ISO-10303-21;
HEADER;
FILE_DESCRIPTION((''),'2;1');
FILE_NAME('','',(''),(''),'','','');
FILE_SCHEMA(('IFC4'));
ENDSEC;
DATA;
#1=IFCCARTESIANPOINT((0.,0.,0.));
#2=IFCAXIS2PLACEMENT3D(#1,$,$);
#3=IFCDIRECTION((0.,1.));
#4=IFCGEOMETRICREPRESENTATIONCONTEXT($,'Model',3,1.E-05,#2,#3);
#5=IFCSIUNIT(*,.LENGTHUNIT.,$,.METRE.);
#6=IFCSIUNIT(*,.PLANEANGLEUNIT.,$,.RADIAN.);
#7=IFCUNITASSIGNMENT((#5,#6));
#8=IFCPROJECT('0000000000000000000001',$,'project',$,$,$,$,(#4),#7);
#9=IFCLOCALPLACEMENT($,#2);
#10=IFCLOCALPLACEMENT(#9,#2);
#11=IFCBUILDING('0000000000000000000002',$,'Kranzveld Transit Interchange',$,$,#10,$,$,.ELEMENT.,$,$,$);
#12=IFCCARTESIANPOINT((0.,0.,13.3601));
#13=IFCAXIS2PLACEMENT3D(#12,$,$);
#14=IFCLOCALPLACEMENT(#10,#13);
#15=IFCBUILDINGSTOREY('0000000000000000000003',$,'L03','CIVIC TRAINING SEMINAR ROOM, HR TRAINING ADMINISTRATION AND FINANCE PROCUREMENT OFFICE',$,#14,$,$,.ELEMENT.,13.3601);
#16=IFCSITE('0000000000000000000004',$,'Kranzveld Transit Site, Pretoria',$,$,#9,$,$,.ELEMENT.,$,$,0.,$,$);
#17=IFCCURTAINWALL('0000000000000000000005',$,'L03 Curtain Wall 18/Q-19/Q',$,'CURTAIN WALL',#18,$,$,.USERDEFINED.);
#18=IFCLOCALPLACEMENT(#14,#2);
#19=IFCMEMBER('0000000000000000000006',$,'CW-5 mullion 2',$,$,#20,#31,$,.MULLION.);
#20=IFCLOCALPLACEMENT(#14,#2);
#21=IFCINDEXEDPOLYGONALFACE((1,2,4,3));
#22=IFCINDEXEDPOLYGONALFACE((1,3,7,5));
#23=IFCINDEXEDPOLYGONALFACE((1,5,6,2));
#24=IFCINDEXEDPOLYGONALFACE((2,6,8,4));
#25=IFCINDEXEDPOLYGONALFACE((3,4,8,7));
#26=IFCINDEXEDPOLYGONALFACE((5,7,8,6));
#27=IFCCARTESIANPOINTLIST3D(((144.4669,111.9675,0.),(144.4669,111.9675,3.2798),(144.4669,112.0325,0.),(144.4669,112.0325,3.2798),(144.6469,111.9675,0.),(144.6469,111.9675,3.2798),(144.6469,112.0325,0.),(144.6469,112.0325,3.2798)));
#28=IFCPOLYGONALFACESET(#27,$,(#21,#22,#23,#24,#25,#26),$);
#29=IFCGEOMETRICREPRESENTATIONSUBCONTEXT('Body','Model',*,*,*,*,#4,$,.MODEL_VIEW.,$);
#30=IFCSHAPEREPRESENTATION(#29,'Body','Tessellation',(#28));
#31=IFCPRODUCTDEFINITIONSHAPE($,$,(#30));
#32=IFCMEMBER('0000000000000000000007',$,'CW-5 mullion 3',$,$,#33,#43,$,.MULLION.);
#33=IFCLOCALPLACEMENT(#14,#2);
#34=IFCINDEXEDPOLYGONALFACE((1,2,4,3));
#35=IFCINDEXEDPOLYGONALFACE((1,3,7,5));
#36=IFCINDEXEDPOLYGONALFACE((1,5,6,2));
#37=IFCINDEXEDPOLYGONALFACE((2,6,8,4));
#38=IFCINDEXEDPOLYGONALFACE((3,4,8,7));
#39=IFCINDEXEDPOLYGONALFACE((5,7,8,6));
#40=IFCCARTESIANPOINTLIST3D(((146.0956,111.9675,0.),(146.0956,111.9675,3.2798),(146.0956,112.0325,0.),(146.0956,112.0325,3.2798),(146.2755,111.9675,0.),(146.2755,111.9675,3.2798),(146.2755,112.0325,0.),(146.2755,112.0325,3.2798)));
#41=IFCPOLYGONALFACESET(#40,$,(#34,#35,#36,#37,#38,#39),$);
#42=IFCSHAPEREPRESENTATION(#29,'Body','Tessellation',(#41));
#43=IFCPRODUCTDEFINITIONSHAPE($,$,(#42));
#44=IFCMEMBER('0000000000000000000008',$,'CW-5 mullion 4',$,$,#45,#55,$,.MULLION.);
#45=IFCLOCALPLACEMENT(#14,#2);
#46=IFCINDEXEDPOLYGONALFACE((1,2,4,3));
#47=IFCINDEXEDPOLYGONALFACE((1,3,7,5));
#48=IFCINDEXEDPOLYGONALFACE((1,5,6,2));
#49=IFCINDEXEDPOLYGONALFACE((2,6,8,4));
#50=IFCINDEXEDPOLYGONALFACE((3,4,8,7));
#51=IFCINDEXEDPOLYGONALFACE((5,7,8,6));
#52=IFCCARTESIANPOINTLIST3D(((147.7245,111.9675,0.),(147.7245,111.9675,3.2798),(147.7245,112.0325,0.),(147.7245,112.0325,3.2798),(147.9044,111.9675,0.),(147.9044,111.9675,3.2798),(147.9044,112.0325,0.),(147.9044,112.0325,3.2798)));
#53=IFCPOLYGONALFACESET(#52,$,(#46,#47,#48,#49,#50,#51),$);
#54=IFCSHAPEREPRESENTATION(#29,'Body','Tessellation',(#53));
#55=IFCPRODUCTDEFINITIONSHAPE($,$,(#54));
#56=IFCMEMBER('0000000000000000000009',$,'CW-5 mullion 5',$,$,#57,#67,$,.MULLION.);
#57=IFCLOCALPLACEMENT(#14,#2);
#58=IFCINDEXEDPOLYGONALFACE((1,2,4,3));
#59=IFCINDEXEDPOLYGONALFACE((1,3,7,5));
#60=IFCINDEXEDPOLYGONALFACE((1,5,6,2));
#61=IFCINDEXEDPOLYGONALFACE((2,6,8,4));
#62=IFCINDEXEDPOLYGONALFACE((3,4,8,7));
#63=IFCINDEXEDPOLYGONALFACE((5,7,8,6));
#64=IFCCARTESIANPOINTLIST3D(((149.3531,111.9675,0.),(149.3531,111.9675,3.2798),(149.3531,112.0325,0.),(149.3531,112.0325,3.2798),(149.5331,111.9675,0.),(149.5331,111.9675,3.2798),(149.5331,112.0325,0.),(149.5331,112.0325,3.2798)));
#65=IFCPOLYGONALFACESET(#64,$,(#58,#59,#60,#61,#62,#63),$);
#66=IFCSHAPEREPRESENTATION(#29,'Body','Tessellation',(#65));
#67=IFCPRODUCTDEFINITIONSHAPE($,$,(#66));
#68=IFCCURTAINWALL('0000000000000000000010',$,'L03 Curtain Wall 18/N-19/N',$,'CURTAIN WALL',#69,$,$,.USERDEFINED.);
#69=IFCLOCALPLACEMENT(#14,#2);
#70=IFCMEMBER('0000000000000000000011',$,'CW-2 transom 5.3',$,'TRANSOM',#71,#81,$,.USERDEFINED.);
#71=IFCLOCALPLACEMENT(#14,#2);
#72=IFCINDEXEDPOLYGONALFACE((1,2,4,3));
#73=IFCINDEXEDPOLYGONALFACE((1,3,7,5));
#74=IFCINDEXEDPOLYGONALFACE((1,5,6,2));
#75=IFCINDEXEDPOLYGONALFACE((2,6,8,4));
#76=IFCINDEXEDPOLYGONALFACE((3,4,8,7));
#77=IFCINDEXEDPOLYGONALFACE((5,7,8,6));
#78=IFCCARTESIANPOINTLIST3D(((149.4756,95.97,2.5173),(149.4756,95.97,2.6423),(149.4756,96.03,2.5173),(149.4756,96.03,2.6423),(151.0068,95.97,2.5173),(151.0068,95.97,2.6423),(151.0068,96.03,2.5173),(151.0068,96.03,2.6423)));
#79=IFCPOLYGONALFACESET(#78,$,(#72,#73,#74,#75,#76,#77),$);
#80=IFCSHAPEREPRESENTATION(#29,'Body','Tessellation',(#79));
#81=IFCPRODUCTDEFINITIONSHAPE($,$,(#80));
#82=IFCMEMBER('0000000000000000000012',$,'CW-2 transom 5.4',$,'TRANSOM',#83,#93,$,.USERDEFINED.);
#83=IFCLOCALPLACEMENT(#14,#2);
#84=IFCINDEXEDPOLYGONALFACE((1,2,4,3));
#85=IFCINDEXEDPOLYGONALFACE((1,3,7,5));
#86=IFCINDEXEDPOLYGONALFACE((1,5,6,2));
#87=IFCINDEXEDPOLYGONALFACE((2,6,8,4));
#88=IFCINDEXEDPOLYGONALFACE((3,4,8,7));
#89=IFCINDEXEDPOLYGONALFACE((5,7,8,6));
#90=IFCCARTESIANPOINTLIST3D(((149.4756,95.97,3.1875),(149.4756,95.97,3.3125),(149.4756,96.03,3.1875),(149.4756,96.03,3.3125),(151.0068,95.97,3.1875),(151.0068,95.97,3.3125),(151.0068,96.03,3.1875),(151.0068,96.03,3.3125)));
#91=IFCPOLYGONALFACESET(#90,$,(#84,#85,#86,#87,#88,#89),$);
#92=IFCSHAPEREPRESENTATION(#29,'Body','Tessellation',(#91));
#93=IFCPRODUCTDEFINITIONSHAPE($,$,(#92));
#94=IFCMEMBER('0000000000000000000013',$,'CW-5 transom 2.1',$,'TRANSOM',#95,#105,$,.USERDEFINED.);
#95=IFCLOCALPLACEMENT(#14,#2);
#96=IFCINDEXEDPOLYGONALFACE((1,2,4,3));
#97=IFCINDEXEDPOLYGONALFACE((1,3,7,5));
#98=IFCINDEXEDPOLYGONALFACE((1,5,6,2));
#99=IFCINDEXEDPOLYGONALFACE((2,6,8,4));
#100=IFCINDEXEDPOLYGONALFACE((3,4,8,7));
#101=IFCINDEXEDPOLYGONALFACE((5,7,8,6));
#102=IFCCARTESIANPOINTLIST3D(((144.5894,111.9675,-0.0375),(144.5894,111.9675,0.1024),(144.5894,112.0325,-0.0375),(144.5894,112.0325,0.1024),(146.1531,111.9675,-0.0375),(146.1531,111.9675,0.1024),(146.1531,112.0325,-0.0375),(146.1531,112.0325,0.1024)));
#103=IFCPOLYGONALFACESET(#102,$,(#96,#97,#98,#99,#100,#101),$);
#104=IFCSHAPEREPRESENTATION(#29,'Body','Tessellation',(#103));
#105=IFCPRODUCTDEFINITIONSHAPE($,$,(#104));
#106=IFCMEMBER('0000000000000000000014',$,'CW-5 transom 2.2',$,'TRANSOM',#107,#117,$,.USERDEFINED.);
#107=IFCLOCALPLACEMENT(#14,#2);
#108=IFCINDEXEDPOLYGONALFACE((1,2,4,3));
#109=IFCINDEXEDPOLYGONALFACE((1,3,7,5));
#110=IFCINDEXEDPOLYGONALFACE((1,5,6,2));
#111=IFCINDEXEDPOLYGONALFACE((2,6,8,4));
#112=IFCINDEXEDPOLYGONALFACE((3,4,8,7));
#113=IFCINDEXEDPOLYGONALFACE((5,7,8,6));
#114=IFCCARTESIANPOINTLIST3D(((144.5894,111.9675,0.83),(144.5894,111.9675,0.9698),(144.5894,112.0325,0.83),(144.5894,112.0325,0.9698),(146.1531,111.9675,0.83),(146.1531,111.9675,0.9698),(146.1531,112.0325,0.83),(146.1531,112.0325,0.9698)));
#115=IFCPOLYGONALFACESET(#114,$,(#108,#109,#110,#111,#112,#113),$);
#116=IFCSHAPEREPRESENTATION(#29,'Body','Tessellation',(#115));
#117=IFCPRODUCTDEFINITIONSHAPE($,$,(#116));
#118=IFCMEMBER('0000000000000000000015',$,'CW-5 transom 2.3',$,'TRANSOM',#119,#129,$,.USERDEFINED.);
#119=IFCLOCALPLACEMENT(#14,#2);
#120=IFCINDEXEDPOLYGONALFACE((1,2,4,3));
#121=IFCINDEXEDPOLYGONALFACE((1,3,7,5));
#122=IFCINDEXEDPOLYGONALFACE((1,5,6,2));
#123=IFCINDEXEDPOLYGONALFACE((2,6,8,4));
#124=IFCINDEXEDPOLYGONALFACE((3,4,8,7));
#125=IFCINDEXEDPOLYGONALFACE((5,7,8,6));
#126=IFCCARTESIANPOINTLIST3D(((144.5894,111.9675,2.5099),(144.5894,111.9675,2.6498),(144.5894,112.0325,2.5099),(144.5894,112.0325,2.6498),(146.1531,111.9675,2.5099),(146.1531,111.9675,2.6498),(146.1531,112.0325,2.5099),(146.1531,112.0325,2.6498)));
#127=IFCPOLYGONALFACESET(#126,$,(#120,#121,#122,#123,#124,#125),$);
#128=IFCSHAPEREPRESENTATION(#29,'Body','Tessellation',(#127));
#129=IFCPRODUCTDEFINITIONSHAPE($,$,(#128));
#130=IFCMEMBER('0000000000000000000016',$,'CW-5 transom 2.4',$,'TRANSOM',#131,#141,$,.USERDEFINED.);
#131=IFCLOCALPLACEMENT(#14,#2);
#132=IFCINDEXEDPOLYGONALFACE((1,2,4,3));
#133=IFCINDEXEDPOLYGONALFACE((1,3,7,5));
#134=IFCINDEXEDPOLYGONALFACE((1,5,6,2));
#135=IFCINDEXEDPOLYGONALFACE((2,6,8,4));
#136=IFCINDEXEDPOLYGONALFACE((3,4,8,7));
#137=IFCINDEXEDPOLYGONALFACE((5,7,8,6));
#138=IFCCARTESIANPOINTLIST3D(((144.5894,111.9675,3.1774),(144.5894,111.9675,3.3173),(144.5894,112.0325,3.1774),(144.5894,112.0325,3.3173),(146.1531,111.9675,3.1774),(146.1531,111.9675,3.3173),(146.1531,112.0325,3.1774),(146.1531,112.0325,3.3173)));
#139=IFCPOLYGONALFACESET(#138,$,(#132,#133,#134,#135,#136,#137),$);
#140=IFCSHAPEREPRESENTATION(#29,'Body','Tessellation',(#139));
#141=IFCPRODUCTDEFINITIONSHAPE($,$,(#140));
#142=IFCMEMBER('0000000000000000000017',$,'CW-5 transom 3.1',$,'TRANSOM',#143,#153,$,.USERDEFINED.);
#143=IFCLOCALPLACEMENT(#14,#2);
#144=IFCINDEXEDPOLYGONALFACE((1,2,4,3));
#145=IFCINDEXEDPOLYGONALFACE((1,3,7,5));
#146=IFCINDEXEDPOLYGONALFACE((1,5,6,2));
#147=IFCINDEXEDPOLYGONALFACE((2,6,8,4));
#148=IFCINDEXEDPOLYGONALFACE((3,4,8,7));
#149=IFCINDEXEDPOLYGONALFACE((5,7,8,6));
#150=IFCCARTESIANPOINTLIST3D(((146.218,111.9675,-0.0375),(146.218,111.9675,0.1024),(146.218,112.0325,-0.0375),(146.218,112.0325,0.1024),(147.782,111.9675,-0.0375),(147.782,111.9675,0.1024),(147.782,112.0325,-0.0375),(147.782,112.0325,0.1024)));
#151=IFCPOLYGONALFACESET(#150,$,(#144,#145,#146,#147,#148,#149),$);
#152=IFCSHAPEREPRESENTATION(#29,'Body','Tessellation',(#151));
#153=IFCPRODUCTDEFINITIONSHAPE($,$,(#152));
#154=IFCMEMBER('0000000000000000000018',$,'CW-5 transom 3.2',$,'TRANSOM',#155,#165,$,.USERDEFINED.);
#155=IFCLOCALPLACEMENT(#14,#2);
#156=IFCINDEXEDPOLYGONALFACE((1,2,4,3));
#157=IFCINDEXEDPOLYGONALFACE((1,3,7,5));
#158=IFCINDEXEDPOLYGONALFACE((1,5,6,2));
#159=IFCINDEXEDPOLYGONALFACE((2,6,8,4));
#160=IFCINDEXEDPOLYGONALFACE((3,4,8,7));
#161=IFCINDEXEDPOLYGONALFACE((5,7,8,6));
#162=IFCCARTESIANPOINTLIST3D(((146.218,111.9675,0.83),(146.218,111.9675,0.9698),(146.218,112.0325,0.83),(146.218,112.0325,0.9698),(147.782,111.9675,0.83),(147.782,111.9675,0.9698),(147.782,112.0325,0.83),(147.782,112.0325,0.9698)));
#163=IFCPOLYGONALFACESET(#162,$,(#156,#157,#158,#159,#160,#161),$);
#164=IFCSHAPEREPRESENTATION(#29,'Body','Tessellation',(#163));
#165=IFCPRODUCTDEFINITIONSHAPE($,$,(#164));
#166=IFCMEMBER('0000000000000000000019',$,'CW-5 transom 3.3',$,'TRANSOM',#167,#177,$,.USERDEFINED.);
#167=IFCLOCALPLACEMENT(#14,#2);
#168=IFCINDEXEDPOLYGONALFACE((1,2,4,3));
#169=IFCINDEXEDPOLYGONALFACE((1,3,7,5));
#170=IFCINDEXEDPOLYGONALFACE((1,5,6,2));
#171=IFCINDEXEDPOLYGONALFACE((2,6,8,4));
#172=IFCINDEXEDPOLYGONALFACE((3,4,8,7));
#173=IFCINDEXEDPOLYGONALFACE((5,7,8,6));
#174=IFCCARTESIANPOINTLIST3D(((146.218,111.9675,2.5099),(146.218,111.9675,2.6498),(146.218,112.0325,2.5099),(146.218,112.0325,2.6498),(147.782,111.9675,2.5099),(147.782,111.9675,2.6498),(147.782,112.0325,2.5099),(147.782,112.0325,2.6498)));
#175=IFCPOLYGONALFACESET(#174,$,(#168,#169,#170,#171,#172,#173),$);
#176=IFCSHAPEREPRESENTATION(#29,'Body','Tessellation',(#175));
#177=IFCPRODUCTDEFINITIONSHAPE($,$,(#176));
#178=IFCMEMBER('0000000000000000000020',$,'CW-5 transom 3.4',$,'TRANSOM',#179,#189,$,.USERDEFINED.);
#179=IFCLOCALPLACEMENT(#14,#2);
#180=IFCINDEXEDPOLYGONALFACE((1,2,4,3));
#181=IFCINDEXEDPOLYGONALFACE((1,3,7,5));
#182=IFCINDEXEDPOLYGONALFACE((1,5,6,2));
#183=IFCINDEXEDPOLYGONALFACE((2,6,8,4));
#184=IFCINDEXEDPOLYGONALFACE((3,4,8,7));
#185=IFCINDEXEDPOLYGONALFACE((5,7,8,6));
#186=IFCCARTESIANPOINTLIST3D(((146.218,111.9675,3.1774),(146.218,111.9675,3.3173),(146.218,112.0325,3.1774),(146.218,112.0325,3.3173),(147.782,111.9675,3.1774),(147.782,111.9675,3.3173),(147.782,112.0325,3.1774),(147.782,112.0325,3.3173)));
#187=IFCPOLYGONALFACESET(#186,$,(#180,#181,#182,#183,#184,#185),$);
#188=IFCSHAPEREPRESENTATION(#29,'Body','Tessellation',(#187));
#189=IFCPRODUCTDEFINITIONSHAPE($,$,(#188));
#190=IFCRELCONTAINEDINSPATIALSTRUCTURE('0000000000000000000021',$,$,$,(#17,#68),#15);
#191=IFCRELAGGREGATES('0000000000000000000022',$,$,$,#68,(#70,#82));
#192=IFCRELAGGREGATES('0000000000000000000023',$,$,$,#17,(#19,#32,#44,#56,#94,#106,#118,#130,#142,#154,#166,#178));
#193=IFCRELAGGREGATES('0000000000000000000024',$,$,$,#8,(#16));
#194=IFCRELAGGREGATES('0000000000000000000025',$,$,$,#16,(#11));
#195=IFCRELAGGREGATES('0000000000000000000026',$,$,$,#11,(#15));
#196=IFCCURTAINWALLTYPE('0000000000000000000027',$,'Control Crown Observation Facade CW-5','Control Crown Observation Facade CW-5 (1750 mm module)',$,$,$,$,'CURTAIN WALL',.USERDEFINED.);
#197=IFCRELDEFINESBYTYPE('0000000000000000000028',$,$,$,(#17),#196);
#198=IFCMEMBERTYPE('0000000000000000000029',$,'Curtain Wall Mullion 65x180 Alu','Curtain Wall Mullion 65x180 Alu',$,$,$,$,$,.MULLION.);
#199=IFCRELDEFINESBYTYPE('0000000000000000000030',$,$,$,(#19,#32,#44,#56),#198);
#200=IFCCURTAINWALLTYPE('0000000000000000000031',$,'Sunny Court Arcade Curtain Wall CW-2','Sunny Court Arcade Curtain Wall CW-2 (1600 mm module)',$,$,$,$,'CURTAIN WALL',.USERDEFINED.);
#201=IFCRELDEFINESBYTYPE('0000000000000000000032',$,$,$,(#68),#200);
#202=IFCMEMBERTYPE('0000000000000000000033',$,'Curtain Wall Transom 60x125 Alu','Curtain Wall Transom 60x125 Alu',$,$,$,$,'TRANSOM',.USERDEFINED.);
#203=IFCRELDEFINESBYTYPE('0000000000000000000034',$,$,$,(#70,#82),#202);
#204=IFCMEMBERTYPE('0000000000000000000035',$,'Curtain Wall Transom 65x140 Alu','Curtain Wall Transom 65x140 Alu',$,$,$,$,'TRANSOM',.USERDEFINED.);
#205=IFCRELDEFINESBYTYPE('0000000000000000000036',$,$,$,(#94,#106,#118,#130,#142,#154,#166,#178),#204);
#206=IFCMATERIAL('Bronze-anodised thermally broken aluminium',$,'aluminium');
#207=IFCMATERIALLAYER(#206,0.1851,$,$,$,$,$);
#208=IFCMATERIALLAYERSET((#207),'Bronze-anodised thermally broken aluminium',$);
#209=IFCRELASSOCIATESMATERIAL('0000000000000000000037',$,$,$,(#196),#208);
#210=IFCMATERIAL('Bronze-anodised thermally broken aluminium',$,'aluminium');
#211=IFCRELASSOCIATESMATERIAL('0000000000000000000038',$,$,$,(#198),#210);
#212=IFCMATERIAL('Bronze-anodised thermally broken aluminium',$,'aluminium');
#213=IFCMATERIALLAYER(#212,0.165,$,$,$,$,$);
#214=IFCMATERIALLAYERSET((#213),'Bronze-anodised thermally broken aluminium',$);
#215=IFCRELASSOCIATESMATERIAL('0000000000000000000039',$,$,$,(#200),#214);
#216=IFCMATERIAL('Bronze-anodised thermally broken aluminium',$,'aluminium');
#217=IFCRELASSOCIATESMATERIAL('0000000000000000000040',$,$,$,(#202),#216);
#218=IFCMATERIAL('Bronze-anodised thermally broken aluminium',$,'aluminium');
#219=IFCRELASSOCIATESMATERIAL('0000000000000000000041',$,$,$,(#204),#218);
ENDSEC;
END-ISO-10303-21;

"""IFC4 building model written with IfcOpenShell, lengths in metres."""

from ifc_helpers import new_model, si_unit, direction, frame, origin, origin_2d, place, context, subcontext, project, spatial, rectangle, extrude, material, layer, layer_set, material_profile, profile_set, type_object, element, aggregate, save


model = new_model("IFC4")

# Units and contexts
model_context = context("Model", 3, precision=1e-05, world=origin(), true_north=direction((0.0, 1.0)))
body_context = subcontext(model_context, "Body", "Model", "MODEL_VIEW")
ifc_project = project(units=[si_unit("LENGTHUNIT", "METRE"), si_unit("PLANEANGLEUNIT", "RADIAN")], contexts=[model_context])

# Site, building, storey
site_placement = place(None, origin())
site = spatial("IfcSite", under=ifc_project, at=site_placement, Name="Kranzveld Transit Site, Pretoria", CompositionType="ELEMENT", RefElevation=0.0)
building_placement = place(site_placement, origin())
building = spatial("IfcBuilding", under=site, at=building_placement, Name="Kranzveld Transit Interchange", CompositionType="ELEMENT")
storey_placement = place(building_placement, frame((0.0, 0.0, 13.3601)))
storey = spatial("IfcBuildingStorey", under=building, at=storey_placement, Name="L03", Description="CIVIC TRAINING SEMINAR ROOM, HR TRAINING ADMINISTRATION AND FINANCE PROCUREMENT OFFICE", CompositionType="ELEMENT", Elevation=13.3601)

# Curtain walls, members
ifc_material_1 = material(Name="Bronze-anodised thermally broken aluminium", Category="aluminium")
ifc_layer_1 = layer(ifc_material_1, 0.1851)
ifc_layer_set_1 = layer_set([ifc_layer_1], Name="Bronze-anodised thermally broken aluminium")
curtain_wall_type_1 = type_object("IfcCurtainWallType", Name="Control Crown Observation Facade CW-5", Description="Control Crown Observation Facade CW-5 (1750 mm module)", ElementType="CURTAIN WALL", PredefinedType="USERDEFINED", material=ifc_layer_set_1)
curtain_wall_1_placement = place(storey_placement, origin())
curtain_wall_1 = element("IfcCurtainWall", 1, at=curtain_wall_1_placement, inside=storey, type_object=curtain_wall_type_1, Name="L03 Curtain Wall 18/Q-19/Q", ObjectType="CURTAIN WALL", PredefinedType="USERDEFINED")
ifc_material_2 = material(Name="Bronze-anodised thermally broken aluminium", Category="aluminium")
ifc_material_profile_1 = material_profile(ifc_material_2, rectangle(XDim=0.0649, YDim=0.1799, at=origin_2d()), Name="ALU MULLION 65x180")
ifc_profile_set_1 = profile_set([ifc_material_profile_1], Name="Bronze-anodised thermally broken aluminium")
member_type_1 = type_object("IfcMemberType", Name="Curtain Wall Mullion 65x180 Alu", Description="Curtain Wall Mullion 65x180 Alu", PredefinedType="MULLION", material=ifc_profile_set_1)
member_1_placement = place(storey_placement, frame((144.5569, 112.0, 0.0), z_axis=(0.0, 0.0, 1.0), x_axis=(0.0, 1.0, 0.0)))
member_1 = element("IfcMember", 2, at=member_1_placement, type_object=member_type_1, Name="CW-5 mullion 2", PredefinedType="MULLION", context=body_context, shape_type="SweptSolid", body=[
    extrude(rectangle(XDim=0.0649, YDim=0.1799, at=origin_2d()), origin(), (0.0, 0.0, 1.0), 3.2798),
])
member_2_placement = place(storey_placement, frame((146.1855, 112.0, 0.0), z_axis=(0.0, 0.0, 1.0), x_axis=(0.0, 1.0, 0.0)))
member_2 = element("IfcMember", 3, at=member_2_placement, type_object=member_type_1, Name="CW-5 mullion 3", PredefinedType="MULLION", context=body_context, shape_type="SweptSolid", body=[
    extrude(rectangle(XDim=0.0649, YDim=0.1799, at=origin_2d()), origin(), (0.0, 0.0, 1.0), 3.2798),
])
member_3_placement = place(storey_placement, frame((147.8145, 112.0, 0.0), z_axis=(0.0, 0.0, 1.0), x_axis=(0.0, 1.0, 0.0)))
member_3 = element("IfcMember", 4, at=member_3_placement, type_object=member_type_1, Name="CW-5 mullion 4", PredefinedType="MULLION", context=body_context, shape_type="SweptSolid", body=[
    extrude(rectangle(XDim=0.0649, YDim=0.1799, at=origin_2d()), origin(), (0.0, 0.0, 1.0), 3.2798),
])
member_4_placement = place(storey_placement, frame((149.4431, 112.0, 0.0), z_axis=(0.0, 0.0, 1.0), x_axis=(0.0, 1.0, 0.0)))
member_4 = element("IfcMember", 5, at=member_4_placement, type_object=member_type_1, Name="CW-5 mullion 5", PredefinedType="MULLION", context=body_context, shape_type="SweptSolid", body=[
    extrude(rectangle(XDim=0.0649, YDim=0.1799, at=origin_2d()), origin(), (0.0, 0.0, 1.0), 3.2798),
])
ifc_material_3 = material(Name="Bronze-anodised thermally broken aluminium", Category="aluminium")
ifc_layer_2 = layer(ifc_material_3, 0.165)
ifc_layer_set_2 = layer_set([ifc_layer_2], Name="Bronze-anodised thermally broken aluminium")
curtain_wall_type_2 = type_object("IfcCurtainWallType", Name="Sunny Court Arcade Curtain Wall CW-2", Description="Sunny Court Arcade Curtain Wall CW-2 (1600 mm module)", ElementType="CURTAIN WALL", PredefinedType="USERDEFINED", material=ifc_layer_set_2)
curtain_wall_2_placement = place(storey_placement, origin())
curtain_wall_2 = element("IfcCurtainWall", 6, at=curtain_wall_2_placement, inside=storey, type_object=curtain_wall_type_2, Name="L03 Curtain Wall 18/N-19/N", ObjectType="CURTAIN WALL", PredefinedType="USERDEFINED")
ifc_material_4 = material(Name="Bronze-anodised thermally broken aluminium", Category="aluminium")
ifc_material_profile_2 = material_profile(ifc_material_4, rectangle(XDim=0.0601, YDim=0.125, at=origin_2d()), Name="ALU TRANSOM 60x125")
ifc_profile_set_2 = profile_set([ifc_material_profile_2], Name="Bronze-anodised thermally broken aluminium")
member_type_2 = type_object("IfcMemberType", Name="Curtain Wall Transom 60x125 Alu", Description="Curtain Wall Transom 60x125 Alu", ElementType="TRANSOM", PredefinedType="USERDEFINED", material=ifc_profile_set_2)
member_5_placement = place(storey_placement, frame((149.4756, 96.0, 2.5798), z_axis=(1.0, 0.0, 0.0), x_axis=(0.0, 1.0, 0.0)))
member_5 = element("IfcMember", 7, at=member_5_placement, type_object=member_type_2, Name="CW-2 transom 5.3", ObjectType="TRANSOM", PredefinedType="USERDEFINED", context=body_context, shape_type="SweptSolid", body=[
    extrude(rectangle(XDim=0.0601, YDim=0.125, at=origin_2d()), origin(), (0.0, 0.0, 1.0), 1.5312),
])
member_6_placement = place(storey_placement, frame((149.4756, 96.0, 3.25), z_axis=(1.0, 0.0, 0.0), x_axis=(0.0, 1.0, 0.0)))
member_6 = element("IfcMember", 8, at=member_6_placement, type_object=member_type_2, Name="CW-2 transom 5.4", ObjectType="TRANSOM", PredefinedType="USERDEFINED", context=body_context, shape_type="SweptSolid", body=[
    extrude(rectangle(XDim=0.0601, YDim=0.125, at=origin_2d()), origin(), (0.0, 0.0, 1.0), 1.5312),
])
aggregate(curtain_wall_2, [member_5, member_6])

# Members
ifc_material_5 = material(Name="Bronze-anodised thermally broken aluminium", Category="aluminium")
ifc_material_profile_3 = material_profile(ifc_material_5, rectangle(XDim=0.0649, YDim=0.1399, at=origin_2d()), Name="ALU TRANSOM 65x140")
ifc_profile_set_3 = profile_set([ifc_material_profile_3], Name="Bronze-anodised thermally broken aluminium")
member_type_3 = type_object("IfcMemberType", Name="Curtain Wall Transom 65x140 Alu", Description="Curtain Wall Transom 65x140 Alu", ElementType="TRANSOM", PredefinedType="USERDEFINED", material=ifc_profile_set_3)
member_7_placement = place(storey_placement, frame((144.5894, 112.0, 0.0325), z_axis=(1.0, 0.0, 0.0), x_axis=(0.0, 1.0, 0.0)))
member_7 = element("IfcMember", 9, at=member_7_placement, type_object=member_type_3, Name="CW-5 transom 2.1", ObjectType="TRANSOM", PredefinedType="USERDEFINED", context=body_context, shape_type="SweptSolid", body=[
    extrude(rectangle(XDim=0.0649, YDim=0.1399, at=origin_2d()), origin(), (0.0, 0.0, 1.0), 1.5637),
])
member_8_placement = place(storey_placement, frame((144.5894, 112.0, 0.8999), z_axis=(1.0, 0.0, 0.0), x_axis=(0.0, 1.0, 0.0)))
member_8 = element("IfcMember", 10, at=member_8_placement, type_object=member_type_3, Name="CW-5 transom 2.2", ObjectType="TRANSOM", PredefinedType="USERDEFINED", context=body_context, shape_type="SweptSolid", body=[
    extrude(rectangle(XDim=0.0649, YDim=0.1399, at=origin_2d()), origin(), (0.0, 0.0, 1.0), 1.5637),
])
member_9_placement = place(storey_placement, frame((144.5894, 112.0, 2.5798), z_axis=(1.0, 0.0, 0.0), x_axis=(0.0, 1.0, 0.0)))
member_9 = element("IfcMember", 11, at=member_9_placement, type_object=member_type_3, Name="CW-5 transom 2.3", ObjectType="TRANSOM", PredefinedType="USERDEFINED", context=body_context, shape_type="SweptSolid", body=[
    extrude(rectangle(XDim=0.0649, YDim=0.1399, at=origin_2d()), origin(), (0.0, 0.0, 1.0), 1.5637),
])
member_10_placement = place(storey_placement, frame((144.5894, 112.0, 3.2473), z_axis=(1.0, 0.0, 0.0), x_axis=(0.0, 1.0, 0.0)))
member_10 = element("IfcMember", 12, at=member_10_placement, type_object=member_type_3, Name="CW-5 transom 2.4", ObjectType="TRANSOM", PredefinedType="USERDEFINED", context=body_context, shape_type="SweptSolid", body=[
    extrude(rectangle(XDim=0.0649, YDim=0.1399, at=origin_2d()), origin(), (0.0, 0.0, 1.0), 1.5637),
])
member_11_placement = place(storey_placement, frame((146.218, 112.0, 0.0325), z_axis=(1.0, 0.0, 0.0), x_axis=(0.0, 1.0, 0.0)))
member_11 = element("IfcMember", 13, at=member_11_placement, type_object=member_type_3, Name="CW-5 transom 3.1", ObjectType="TRANSOM", PredefinedType="USERDEFINED", context=body_context, shape_type="SweptSolid", body=[
    extrude(rectangle(XDim=0.0649, YDim=0.1399, at=origin_2d()), origin(), (0.0, 0.0, 1.0), 1.564),
])
member_12_placement = place(storey_placement, frame((146.218, 112.0, 0.8999), z_axis=(1.0, 0.0, 0.0), x_axis=(0.0, 1.0, 0.0)))
member_12 = element("IfcMember", 14, at=member_12_placement, type_object=member_type_3, Name="CW-5 transom 3.2", ObjectType="TRANSOM", PredefinedType="USERDEFINED", context=body_context, shape_type="SweptSolid", body=[
    extrude(rectangle(XDim=0.0649, YDim=0.1399, at=origin_2d()), origin(), (0.0, 0.0, 1.0), 1.564),
])
member_13_placement = place(storey_placement, frame((146.218, 112.0, 2.5798), z_axis=(1.0, 0.0, 0.0), x_axis=(0.0, 1.0, 0.0)))
member_13 = element("IfcMember", 15, at=member_13_placement, type_object=member_type_3, Name="CW-5 transom 3.3", ObjectType="TRANSOM", PredefinedType="USERDEFINED", context=body_context, shape_type="SweptSolid", body=[
    extrude(rectangle(XDim=0.0649, YDim=0.1399, at=origin_2d()), origin(), (0.0, 0.0, 1.0), 1.564),
])
member_14_placement = place(storey_placement, frame((146.218, 112.0, 3.2473), z_axis=(1.0, 0.0, 0.0), x_axis=(0.0, 1.0, 0.0)))
member_14 = element("IfcMember", 16, at=member_14_placement, type_object=member_type_3, Name="CW-5 transom 3.4", ObjectType="TRANSOM", PredefinedType="USERDEFINED", context=body_context, shape_type="SweptSolid", body=[
    extrude(rectangle(XDim=0.0649, YDim=0.1399, at=origin_2d()), origin(), (0.0, 0.0, 1.0), 1.564),
])

aggregate(curtain_wall_1, [member_1, member_2, member_3, member_4, member_7, member_8, member_9, member_10, member_11, member_12, member_13, member_14])

save(model, "model.ifc")
